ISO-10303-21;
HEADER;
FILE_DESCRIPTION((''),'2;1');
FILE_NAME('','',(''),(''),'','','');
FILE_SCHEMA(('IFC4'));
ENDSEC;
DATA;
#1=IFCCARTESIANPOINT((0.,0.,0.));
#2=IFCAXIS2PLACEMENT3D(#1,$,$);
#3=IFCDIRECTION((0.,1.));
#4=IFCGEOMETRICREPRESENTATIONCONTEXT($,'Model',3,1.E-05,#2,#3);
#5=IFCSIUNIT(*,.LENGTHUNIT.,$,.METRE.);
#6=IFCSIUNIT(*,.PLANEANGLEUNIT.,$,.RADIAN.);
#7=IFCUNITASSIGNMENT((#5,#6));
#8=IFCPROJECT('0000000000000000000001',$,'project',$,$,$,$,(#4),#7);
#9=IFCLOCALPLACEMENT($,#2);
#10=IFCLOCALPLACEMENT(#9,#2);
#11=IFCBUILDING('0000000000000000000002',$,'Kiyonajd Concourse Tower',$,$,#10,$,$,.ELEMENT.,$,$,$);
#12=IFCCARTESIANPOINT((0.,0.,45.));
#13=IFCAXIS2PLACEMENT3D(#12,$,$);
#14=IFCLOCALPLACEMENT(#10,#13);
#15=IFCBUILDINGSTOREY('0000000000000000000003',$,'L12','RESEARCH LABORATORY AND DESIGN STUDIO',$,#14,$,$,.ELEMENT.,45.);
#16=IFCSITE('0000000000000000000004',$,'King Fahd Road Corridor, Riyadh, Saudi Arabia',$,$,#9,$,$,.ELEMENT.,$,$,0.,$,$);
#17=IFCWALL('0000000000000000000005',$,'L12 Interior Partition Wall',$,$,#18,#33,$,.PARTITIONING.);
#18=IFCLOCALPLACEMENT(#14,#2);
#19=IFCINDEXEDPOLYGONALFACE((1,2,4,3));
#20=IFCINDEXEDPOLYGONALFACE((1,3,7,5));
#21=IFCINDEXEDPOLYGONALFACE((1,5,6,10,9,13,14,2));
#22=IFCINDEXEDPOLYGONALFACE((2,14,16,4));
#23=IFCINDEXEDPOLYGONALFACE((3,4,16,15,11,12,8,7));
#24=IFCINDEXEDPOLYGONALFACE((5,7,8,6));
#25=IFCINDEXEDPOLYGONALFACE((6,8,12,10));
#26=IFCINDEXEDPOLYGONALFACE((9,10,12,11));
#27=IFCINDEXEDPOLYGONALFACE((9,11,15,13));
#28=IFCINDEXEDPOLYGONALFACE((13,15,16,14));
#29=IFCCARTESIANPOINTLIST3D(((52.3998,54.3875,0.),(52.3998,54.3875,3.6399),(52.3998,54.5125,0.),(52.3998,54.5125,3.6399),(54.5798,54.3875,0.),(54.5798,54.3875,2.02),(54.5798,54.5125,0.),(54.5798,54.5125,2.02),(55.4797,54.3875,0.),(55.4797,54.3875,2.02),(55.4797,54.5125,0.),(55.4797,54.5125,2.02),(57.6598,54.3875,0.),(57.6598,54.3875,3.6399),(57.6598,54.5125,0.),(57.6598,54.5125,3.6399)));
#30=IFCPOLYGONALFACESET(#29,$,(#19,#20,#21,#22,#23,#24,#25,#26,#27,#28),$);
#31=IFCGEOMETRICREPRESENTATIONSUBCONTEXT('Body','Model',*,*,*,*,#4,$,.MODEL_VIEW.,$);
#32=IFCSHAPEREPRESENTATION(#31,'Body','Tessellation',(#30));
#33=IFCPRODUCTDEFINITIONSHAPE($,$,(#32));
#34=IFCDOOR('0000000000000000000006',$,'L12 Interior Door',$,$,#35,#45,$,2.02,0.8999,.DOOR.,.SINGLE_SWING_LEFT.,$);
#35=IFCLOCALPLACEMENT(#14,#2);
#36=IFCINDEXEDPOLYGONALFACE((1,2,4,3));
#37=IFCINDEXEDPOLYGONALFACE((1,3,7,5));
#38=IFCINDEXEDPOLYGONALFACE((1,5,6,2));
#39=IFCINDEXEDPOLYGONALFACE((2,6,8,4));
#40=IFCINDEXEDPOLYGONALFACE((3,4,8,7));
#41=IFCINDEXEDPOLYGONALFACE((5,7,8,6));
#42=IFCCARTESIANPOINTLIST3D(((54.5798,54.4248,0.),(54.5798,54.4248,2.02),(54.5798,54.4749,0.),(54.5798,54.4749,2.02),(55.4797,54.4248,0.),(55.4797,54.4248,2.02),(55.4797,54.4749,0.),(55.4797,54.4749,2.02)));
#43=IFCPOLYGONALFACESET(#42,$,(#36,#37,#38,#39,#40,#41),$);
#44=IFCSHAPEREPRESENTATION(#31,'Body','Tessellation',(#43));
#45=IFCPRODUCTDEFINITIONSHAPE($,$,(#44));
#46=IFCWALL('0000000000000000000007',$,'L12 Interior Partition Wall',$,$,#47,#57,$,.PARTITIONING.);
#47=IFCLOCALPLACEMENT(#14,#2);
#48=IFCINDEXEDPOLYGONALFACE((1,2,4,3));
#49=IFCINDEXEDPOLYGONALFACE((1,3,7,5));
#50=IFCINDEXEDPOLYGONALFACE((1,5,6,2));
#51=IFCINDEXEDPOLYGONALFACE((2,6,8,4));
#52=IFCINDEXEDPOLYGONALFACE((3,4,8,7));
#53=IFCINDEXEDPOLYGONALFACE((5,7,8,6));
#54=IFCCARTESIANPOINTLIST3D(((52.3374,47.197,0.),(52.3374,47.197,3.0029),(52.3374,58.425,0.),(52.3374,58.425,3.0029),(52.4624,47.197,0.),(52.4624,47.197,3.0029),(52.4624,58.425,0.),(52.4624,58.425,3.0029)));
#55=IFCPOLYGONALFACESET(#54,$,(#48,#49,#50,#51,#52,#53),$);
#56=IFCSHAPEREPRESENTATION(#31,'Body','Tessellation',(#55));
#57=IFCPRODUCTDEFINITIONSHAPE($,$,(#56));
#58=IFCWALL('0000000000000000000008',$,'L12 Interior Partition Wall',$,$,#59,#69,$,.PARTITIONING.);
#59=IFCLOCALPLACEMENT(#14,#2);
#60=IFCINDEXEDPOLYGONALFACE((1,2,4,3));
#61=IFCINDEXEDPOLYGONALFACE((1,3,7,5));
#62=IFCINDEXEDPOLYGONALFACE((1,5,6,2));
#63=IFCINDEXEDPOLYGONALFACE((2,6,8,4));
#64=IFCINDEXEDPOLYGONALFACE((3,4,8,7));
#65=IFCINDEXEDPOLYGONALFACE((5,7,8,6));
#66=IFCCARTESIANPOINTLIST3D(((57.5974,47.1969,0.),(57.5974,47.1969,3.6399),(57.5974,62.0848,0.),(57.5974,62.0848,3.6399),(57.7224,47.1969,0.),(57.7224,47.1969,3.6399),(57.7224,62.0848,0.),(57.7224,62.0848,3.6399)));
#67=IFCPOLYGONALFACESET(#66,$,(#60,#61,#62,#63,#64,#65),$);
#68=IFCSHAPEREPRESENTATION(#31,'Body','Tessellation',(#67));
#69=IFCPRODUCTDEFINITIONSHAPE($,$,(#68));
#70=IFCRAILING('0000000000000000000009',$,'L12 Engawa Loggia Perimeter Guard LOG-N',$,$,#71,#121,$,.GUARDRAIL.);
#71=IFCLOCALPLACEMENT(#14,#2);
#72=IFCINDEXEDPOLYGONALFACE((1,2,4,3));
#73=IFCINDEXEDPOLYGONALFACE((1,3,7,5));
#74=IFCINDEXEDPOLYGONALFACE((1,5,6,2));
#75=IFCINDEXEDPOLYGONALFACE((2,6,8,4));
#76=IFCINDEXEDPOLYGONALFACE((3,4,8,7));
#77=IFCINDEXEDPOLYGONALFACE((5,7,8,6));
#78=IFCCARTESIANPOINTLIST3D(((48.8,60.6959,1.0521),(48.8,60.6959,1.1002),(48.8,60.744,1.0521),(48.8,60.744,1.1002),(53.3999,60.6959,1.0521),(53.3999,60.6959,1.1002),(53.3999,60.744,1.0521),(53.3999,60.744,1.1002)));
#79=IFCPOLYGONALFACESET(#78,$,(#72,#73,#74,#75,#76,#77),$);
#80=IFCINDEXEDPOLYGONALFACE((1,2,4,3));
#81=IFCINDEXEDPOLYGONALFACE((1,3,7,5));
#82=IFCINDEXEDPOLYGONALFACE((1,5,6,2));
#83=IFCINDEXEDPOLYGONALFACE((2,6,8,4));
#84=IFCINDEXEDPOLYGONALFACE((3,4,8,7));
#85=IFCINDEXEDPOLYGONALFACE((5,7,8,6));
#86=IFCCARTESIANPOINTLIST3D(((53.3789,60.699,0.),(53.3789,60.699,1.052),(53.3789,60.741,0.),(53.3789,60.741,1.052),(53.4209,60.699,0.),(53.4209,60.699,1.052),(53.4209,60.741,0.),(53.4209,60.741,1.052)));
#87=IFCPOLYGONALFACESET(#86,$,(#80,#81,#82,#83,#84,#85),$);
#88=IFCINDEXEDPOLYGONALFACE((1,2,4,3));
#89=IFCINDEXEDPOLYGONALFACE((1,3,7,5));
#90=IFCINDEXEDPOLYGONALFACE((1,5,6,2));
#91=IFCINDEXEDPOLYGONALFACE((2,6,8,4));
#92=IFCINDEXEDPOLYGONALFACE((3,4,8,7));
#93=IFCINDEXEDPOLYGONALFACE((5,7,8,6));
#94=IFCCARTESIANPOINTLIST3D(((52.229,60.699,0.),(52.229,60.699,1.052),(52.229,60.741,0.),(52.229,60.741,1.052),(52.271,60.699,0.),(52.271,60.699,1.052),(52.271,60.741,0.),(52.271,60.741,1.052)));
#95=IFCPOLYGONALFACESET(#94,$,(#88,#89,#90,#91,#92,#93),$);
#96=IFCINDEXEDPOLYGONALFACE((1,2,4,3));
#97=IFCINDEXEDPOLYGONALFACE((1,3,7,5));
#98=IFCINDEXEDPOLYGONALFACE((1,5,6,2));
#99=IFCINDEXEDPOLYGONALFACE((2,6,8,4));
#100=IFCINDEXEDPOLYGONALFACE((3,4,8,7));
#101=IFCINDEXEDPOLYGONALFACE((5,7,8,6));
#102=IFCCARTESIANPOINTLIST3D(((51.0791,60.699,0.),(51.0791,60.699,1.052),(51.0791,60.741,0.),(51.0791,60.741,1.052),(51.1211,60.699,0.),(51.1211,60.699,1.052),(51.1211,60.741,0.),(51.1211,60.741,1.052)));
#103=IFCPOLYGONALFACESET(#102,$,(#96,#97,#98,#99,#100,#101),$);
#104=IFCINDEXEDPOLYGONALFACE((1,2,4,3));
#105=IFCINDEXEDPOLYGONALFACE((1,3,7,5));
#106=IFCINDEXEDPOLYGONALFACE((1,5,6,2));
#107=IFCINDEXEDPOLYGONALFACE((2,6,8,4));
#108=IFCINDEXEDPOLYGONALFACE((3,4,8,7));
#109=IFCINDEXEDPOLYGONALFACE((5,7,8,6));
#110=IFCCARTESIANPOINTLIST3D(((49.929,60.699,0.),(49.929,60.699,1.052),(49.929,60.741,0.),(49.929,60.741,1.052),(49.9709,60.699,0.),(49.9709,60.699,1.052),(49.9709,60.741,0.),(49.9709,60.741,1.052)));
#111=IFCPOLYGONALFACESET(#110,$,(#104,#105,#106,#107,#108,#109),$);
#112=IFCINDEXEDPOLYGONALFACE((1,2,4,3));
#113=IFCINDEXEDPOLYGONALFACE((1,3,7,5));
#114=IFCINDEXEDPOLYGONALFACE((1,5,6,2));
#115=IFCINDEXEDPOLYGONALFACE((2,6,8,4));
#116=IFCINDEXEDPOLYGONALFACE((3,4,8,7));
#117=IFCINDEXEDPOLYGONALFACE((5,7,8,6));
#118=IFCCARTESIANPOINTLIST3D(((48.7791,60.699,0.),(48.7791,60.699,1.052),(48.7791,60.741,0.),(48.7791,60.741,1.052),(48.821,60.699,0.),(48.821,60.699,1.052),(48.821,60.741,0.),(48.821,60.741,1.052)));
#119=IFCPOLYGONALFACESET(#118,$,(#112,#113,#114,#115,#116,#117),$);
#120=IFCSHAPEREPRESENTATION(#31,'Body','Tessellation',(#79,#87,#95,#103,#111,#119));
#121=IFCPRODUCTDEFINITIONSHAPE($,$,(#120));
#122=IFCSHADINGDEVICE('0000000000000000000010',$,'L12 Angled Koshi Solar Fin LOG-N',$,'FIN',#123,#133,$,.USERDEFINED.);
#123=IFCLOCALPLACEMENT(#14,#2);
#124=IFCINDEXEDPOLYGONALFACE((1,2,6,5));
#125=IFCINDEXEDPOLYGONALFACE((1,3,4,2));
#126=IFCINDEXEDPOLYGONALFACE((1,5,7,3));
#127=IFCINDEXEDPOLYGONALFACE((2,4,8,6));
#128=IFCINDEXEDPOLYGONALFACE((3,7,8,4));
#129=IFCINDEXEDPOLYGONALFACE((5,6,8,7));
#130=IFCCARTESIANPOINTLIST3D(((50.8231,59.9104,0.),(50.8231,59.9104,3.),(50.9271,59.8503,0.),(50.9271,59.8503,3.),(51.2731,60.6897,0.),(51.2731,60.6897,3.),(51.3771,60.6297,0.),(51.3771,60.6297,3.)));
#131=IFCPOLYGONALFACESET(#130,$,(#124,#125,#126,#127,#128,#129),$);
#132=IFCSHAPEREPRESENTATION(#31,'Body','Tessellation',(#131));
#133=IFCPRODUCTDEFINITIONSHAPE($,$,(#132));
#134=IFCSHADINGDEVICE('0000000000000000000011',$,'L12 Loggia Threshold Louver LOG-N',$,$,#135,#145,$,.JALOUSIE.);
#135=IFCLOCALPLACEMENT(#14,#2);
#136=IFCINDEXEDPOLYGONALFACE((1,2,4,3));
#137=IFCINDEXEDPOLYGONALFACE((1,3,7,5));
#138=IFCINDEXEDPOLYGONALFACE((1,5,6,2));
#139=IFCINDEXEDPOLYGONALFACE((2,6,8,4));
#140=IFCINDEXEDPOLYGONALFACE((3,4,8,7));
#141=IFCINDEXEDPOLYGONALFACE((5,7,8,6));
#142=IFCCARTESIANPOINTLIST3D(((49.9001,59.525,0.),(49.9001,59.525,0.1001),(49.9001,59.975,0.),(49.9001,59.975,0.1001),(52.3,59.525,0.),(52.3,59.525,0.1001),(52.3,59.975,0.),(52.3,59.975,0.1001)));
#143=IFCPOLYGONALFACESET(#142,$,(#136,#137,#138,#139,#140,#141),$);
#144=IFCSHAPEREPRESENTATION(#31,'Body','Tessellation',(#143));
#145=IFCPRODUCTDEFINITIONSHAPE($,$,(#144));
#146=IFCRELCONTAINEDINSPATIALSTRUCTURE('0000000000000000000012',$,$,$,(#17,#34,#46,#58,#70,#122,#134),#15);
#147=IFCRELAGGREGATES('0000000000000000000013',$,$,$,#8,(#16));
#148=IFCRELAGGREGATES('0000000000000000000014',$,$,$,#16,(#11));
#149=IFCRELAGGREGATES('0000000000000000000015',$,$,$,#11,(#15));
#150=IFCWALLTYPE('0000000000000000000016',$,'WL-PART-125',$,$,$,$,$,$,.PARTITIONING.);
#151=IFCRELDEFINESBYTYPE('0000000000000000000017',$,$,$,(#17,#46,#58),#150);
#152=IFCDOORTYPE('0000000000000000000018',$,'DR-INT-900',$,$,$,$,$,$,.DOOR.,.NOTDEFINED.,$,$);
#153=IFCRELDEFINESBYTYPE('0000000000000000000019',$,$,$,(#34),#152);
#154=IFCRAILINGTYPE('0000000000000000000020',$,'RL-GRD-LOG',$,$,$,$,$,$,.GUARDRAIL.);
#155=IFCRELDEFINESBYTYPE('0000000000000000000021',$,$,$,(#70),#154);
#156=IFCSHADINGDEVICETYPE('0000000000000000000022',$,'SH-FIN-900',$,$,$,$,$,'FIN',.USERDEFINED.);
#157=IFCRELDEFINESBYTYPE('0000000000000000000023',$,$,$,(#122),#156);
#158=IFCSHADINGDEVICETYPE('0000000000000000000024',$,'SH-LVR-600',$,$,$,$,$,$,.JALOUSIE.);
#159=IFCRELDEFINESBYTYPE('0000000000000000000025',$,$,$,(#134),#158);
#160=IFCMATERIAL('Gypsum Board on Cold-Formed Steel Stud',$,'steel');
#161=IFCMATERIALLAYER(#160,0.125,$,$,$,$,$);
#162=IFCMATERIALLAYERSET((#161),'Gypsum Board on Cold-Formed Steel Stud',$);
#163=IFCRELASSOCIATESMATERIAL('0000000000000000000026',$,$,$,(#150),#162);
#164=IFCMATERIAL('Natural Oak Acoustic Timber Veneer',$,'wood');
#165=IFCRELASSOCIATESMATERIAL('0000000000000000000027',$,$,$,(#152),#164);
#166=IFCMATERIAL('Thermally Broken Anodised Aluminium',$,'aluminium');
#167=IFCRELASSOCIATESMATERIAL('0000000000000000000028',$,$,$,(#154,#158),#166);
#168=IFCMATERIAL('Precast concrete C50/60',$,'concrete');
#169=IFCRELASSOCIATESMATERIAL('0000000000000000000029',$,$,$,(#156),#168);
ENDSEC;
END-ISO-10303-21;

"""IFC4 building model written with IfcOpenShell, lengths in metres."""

from ifc_helpers import new_model, si_unit, direction, frame, frame_2d, origin, origin_2d, place, context, subcontext, project, spatial, rectangle, extrude, material, layer, layer_set, type_object, element, fill, save


model = new_model("IFC4")

# Units and contexts
model_context = context("Model", 3, precision=1e-05, world=origin(), true_north=direction((0.0, 1.0)))
body_context = subcontext(model_context, "Body", "Model", "MODEL_VIEW")
ifc_project = project(units=[si_unit("LENGTHUNIT", "METRE"), si_unit("PLANEANGLEUNIT", "RADIAN")], contexts=[model_context])

# Site, building, storey
site_placement = place(None, origin())
site = spatial("IfcSite", under=ifc_project, at=site_placement, Name="King Fahd Road Corridor, Riyadh, Saudi Arabia", CompositionType="ELEMENT", RefElevation=0.0)
building_placement = place(site_placement, origin())
building = spatial("IfcBuilding", under=site, at=building_placement, Name="Kiyonajd Concourse Tower", CompositionType="ELEMENT")
storey_placement = place(building_placement, frame((0.0, 0.0, 45.0)))
storey = spatial("IfcBuildingStorey", under=building, at=storey_placement, Name="L12", Description="RESEARCH LABORATORY AND DESIGN STUDIO", CompositionType="ELEMENT", Elevation=45.0)

# Shared definitions
ifc_material_1 = material(Name="Precast concrete C50/60", Category="concrete")

# Shared definitions
ifc_material_2 = material(Name="Thermally Broken Anodised Aluminium", Category="aluminium")

# Wall, opening, door
ifc_material_3 = material(Name="Gypsum Board on Cold-Formed Steel Stud", Category="steel")
ifc_layer_1 = layer(ifc_material_3, 0.125)
ifc_layer_set_1 = layer_set([ifc_layer_1], Name="Gypsum Board on Cold-Formed Steel Stud")
wall_type_1 = type_object("IfcWallType", Name="WL-PART-125", PredefinedType="PARTITIONING", material=ifc_layer_set_1)
wall_1_placement = place(storey_placement, frame((52.3999, 54.45, 0.0), z_axis=(0.0, 0.0, 1.0), x_axis=(1.0, 0.0, 0.0)))
wall_1 = element("IfcWall", 1, at=wall_1_placement, inside=storey, type_object=wall_type_1, Name="L12 Interior Partition Wall", PredefinedType="PARTITIONING", context=body_context, shape_type="SweptSolid", body=[
    extrude(rectangle(XDim=5.26, YDim=0.125, at=frame_2d((2.6299, 0.0))), origin(), (0.0, 0.0, 1.0), 3.6399),
])
opening_1_placement = place(wall_1_placement, frame((2.1799, 0.0, 0.0)))
opening_1 = element("IfcOpeningElement", 2, at=opening_1_placement, cuts=wall_1, PredefinedType="OPENING", context=body_context, shape_type="SweptSolid", body=[
    extrude(rectangle(XDim=0.8999, YDim=2.02, at=frame_2d((0.45, 1.01))), frame((0.0, 0.0725, 0.0), z_axis=(0.0, -1.0, 0.0), x_axis=(1.0, 0.0, 0.0)), (0.0, 0.0, 1.0), 0.145),
])
ifc_material_4 = material(Name="Natural Oak Acoustic Timber Veneer", Category="wood")
door_type_1 = type_object("IfcDoorType", Name="DR-INT-900", OperationType="NOTDEFINED", PredefinedType="DOOR", material=ifc_material_4)
door_1_placement = place(opening_1_placement, origin())
door_1 = element("IfcDoor", 3, at=door_1_placement, inside=storey, type_object=door_type_1, Name="L12 Interior Door", OperationType="SINGLE_SWING_LEFT", OverallHeight=2.02, OverallWidth=0.8999, PredefinedType="DOOR", context=body_context, shape_type="SweptSolid", body=[
    extrude(rectangle(XDim=0.8999, YDim=2.02, at=frame_2d((0.45, 1.01))), frame((0.0, 0.0249, 0.0), z_axis=(0.0, -1.0, 0.0), x_axis=(1.0, 0.0, 0.0)), (0.0, 0.0, 1.0), 0.05),
])
fill(opening_1, door_1)

# Walls
wall_2_placement = place(storey_placement, frame((52.3999, 47.197, 0.0), z_axis=(0.0, 0.0, 1.0), x_axis=(0.0, 1.0, 0.0)))
element("IfcWall", 4, at=wall_2_placement, inside=storey, type_object=wall_type_1, Name="L12 Interior Partition Wall", PredefinedType="PARTITIONING", context=body_context, shape_type="SweptSolid", body=[
    extrude(rectangle(XDim=11.228, YDim=0.125, at=frame_2d((5.614, 0.0))), origin(), (0.0, 0.0, 1.0), 3.0029),
])
wall_3_placement = place(storey_placement, frame((57.6599, 47.197, 0.0), z_axis=(0.0, 0.0, 1.0), x_axis=(0.0, 1.0, 0.0)))
element("IfcWall", 5, at=wall_3_placement, inside=storey, type_object=wall_type_1, Name="L12 Interior Partition Wall", PredefinedType="PARTITIONING", context=body_context, shape_type="SweptSolid", body=[
    extrude(rectangle(XDim=14.8879, YDim=0.125, at=frame_2d((7.4438, 0.0))), origin(), (0.0, 0.0, 1.0), 3.6399),
])

# Railing
railing_type = type_object("IfcRailingType", Name="RL-GRD-LOG", PredefinedType="GUARDRAIL", material=ifc_material_2)
railing_placement = place(storey_placement, frame((53.3999, 60.72, 0.0)))
element("IfcRailing", 6, at=railing_placement, inside=storey, type_object=railing_type, Name="L12 Engawa Loggia Perimeter Guard LOG-N", PredefinedType="GUARDRAIL", context=body_context, shape_type="SweptSolid", body=[
    extrude(rectangle(XDim=0.0481, YDim=0.0481, at=origin_2d()), frame((0.0, 0.0, 1.0762), z_axis=(-1.0, 0.0, 0.0), x_axis=(0.0, -1.0, 0.0)), (0.0, 0.0, 1.0), 4.5999),
    extrude(rectangle(XDim=0.042, YDim=0.042, at=origin_2d()), origin(), (0.0, 0.0, 1.0), 1.052),
    extrude(rectangle(XDim=0.042, YDim=0.042, at=origin_2d()), frame((-1.1499, 0.0, 0.0)), (0.0, 0.0, 1.0), 1.052),
    extrude(rectangle(XDim=0.042, YDim=0.042, at=origin_2d()), frame((-2.2998, 0.0, 0.0)), (0.0, 0.0, 1.0), 1.052),
    extrude(rectangle(XDim=0.042, YDim=0.042, at=origin_2d()), frame((-3.45, 0.0, 0.0)), (0.0, 0.0, 1.0), 1.052),
    extrude(rectangle(XDim=0.042, YDim=0.042, at=origin_2d()), frame((-4.5999, 0.0, 0.0)), (0.0, 0.0, 1.0), 1.052),
])

# Shading devices
shading_device_type_1 = type_object("IfcShadingDeviceType", Name="SH-FIN-900", ElementType="FIN", PredefinedType="USERDEFINED", material=ifc_material_1)
shading_device_1_placement = place(storey_placement, frame((51.1001, 60.27, 0.0), z_axis=(0.0, 0.0, 1.0), x_axis=(0.5, 0.866025, 0.0)))
element("IfcShadingDevice", 7, at=shading_device_1_placement, inside=storey, type_object=shading_device_type_1, Name="L12 Angled Koshi Solar Fin LOG-N", ObjectType="FIN", PredefinedType="USERDEFINED", context=body_context, shape_type="SweptSolid", body=[
    extrude(rectangle(XDim=0.8999, YDim=0.1201, at=origin_2d()), origin(), (0.0, 0.0, 1.0), 3.0),
])
shading_device_type_2 = type_object("IfcShadingDeviceType", Name="SH-LVR-600", PredefinedType="JALOUSIE", material=ifc_material_2)
shading_device_2_placement = place(storey_placement, frame((51.1001, 59.75, 0.0), z_axis=(0.0, 0.0, 1.0), x_axis=(1.0, 0.0, 0.0)))
element("IfcShadingDevice", 8, at=shading_device_2_placement, inside=storey, type_object=shading_device_type_2, Name="L12 Loggia Threshold Louver LOG-N", PredefinedType="JALOUSIE", context=body_context, shape_type="SweptSolid", body=[
    extrude(rectangle(XDim=2.3999, YDim=0.45, at=origin_2d()), origin(), (0.0, 0.0, 1.0), 0.1001),
])

save(model, "model.ifc")
